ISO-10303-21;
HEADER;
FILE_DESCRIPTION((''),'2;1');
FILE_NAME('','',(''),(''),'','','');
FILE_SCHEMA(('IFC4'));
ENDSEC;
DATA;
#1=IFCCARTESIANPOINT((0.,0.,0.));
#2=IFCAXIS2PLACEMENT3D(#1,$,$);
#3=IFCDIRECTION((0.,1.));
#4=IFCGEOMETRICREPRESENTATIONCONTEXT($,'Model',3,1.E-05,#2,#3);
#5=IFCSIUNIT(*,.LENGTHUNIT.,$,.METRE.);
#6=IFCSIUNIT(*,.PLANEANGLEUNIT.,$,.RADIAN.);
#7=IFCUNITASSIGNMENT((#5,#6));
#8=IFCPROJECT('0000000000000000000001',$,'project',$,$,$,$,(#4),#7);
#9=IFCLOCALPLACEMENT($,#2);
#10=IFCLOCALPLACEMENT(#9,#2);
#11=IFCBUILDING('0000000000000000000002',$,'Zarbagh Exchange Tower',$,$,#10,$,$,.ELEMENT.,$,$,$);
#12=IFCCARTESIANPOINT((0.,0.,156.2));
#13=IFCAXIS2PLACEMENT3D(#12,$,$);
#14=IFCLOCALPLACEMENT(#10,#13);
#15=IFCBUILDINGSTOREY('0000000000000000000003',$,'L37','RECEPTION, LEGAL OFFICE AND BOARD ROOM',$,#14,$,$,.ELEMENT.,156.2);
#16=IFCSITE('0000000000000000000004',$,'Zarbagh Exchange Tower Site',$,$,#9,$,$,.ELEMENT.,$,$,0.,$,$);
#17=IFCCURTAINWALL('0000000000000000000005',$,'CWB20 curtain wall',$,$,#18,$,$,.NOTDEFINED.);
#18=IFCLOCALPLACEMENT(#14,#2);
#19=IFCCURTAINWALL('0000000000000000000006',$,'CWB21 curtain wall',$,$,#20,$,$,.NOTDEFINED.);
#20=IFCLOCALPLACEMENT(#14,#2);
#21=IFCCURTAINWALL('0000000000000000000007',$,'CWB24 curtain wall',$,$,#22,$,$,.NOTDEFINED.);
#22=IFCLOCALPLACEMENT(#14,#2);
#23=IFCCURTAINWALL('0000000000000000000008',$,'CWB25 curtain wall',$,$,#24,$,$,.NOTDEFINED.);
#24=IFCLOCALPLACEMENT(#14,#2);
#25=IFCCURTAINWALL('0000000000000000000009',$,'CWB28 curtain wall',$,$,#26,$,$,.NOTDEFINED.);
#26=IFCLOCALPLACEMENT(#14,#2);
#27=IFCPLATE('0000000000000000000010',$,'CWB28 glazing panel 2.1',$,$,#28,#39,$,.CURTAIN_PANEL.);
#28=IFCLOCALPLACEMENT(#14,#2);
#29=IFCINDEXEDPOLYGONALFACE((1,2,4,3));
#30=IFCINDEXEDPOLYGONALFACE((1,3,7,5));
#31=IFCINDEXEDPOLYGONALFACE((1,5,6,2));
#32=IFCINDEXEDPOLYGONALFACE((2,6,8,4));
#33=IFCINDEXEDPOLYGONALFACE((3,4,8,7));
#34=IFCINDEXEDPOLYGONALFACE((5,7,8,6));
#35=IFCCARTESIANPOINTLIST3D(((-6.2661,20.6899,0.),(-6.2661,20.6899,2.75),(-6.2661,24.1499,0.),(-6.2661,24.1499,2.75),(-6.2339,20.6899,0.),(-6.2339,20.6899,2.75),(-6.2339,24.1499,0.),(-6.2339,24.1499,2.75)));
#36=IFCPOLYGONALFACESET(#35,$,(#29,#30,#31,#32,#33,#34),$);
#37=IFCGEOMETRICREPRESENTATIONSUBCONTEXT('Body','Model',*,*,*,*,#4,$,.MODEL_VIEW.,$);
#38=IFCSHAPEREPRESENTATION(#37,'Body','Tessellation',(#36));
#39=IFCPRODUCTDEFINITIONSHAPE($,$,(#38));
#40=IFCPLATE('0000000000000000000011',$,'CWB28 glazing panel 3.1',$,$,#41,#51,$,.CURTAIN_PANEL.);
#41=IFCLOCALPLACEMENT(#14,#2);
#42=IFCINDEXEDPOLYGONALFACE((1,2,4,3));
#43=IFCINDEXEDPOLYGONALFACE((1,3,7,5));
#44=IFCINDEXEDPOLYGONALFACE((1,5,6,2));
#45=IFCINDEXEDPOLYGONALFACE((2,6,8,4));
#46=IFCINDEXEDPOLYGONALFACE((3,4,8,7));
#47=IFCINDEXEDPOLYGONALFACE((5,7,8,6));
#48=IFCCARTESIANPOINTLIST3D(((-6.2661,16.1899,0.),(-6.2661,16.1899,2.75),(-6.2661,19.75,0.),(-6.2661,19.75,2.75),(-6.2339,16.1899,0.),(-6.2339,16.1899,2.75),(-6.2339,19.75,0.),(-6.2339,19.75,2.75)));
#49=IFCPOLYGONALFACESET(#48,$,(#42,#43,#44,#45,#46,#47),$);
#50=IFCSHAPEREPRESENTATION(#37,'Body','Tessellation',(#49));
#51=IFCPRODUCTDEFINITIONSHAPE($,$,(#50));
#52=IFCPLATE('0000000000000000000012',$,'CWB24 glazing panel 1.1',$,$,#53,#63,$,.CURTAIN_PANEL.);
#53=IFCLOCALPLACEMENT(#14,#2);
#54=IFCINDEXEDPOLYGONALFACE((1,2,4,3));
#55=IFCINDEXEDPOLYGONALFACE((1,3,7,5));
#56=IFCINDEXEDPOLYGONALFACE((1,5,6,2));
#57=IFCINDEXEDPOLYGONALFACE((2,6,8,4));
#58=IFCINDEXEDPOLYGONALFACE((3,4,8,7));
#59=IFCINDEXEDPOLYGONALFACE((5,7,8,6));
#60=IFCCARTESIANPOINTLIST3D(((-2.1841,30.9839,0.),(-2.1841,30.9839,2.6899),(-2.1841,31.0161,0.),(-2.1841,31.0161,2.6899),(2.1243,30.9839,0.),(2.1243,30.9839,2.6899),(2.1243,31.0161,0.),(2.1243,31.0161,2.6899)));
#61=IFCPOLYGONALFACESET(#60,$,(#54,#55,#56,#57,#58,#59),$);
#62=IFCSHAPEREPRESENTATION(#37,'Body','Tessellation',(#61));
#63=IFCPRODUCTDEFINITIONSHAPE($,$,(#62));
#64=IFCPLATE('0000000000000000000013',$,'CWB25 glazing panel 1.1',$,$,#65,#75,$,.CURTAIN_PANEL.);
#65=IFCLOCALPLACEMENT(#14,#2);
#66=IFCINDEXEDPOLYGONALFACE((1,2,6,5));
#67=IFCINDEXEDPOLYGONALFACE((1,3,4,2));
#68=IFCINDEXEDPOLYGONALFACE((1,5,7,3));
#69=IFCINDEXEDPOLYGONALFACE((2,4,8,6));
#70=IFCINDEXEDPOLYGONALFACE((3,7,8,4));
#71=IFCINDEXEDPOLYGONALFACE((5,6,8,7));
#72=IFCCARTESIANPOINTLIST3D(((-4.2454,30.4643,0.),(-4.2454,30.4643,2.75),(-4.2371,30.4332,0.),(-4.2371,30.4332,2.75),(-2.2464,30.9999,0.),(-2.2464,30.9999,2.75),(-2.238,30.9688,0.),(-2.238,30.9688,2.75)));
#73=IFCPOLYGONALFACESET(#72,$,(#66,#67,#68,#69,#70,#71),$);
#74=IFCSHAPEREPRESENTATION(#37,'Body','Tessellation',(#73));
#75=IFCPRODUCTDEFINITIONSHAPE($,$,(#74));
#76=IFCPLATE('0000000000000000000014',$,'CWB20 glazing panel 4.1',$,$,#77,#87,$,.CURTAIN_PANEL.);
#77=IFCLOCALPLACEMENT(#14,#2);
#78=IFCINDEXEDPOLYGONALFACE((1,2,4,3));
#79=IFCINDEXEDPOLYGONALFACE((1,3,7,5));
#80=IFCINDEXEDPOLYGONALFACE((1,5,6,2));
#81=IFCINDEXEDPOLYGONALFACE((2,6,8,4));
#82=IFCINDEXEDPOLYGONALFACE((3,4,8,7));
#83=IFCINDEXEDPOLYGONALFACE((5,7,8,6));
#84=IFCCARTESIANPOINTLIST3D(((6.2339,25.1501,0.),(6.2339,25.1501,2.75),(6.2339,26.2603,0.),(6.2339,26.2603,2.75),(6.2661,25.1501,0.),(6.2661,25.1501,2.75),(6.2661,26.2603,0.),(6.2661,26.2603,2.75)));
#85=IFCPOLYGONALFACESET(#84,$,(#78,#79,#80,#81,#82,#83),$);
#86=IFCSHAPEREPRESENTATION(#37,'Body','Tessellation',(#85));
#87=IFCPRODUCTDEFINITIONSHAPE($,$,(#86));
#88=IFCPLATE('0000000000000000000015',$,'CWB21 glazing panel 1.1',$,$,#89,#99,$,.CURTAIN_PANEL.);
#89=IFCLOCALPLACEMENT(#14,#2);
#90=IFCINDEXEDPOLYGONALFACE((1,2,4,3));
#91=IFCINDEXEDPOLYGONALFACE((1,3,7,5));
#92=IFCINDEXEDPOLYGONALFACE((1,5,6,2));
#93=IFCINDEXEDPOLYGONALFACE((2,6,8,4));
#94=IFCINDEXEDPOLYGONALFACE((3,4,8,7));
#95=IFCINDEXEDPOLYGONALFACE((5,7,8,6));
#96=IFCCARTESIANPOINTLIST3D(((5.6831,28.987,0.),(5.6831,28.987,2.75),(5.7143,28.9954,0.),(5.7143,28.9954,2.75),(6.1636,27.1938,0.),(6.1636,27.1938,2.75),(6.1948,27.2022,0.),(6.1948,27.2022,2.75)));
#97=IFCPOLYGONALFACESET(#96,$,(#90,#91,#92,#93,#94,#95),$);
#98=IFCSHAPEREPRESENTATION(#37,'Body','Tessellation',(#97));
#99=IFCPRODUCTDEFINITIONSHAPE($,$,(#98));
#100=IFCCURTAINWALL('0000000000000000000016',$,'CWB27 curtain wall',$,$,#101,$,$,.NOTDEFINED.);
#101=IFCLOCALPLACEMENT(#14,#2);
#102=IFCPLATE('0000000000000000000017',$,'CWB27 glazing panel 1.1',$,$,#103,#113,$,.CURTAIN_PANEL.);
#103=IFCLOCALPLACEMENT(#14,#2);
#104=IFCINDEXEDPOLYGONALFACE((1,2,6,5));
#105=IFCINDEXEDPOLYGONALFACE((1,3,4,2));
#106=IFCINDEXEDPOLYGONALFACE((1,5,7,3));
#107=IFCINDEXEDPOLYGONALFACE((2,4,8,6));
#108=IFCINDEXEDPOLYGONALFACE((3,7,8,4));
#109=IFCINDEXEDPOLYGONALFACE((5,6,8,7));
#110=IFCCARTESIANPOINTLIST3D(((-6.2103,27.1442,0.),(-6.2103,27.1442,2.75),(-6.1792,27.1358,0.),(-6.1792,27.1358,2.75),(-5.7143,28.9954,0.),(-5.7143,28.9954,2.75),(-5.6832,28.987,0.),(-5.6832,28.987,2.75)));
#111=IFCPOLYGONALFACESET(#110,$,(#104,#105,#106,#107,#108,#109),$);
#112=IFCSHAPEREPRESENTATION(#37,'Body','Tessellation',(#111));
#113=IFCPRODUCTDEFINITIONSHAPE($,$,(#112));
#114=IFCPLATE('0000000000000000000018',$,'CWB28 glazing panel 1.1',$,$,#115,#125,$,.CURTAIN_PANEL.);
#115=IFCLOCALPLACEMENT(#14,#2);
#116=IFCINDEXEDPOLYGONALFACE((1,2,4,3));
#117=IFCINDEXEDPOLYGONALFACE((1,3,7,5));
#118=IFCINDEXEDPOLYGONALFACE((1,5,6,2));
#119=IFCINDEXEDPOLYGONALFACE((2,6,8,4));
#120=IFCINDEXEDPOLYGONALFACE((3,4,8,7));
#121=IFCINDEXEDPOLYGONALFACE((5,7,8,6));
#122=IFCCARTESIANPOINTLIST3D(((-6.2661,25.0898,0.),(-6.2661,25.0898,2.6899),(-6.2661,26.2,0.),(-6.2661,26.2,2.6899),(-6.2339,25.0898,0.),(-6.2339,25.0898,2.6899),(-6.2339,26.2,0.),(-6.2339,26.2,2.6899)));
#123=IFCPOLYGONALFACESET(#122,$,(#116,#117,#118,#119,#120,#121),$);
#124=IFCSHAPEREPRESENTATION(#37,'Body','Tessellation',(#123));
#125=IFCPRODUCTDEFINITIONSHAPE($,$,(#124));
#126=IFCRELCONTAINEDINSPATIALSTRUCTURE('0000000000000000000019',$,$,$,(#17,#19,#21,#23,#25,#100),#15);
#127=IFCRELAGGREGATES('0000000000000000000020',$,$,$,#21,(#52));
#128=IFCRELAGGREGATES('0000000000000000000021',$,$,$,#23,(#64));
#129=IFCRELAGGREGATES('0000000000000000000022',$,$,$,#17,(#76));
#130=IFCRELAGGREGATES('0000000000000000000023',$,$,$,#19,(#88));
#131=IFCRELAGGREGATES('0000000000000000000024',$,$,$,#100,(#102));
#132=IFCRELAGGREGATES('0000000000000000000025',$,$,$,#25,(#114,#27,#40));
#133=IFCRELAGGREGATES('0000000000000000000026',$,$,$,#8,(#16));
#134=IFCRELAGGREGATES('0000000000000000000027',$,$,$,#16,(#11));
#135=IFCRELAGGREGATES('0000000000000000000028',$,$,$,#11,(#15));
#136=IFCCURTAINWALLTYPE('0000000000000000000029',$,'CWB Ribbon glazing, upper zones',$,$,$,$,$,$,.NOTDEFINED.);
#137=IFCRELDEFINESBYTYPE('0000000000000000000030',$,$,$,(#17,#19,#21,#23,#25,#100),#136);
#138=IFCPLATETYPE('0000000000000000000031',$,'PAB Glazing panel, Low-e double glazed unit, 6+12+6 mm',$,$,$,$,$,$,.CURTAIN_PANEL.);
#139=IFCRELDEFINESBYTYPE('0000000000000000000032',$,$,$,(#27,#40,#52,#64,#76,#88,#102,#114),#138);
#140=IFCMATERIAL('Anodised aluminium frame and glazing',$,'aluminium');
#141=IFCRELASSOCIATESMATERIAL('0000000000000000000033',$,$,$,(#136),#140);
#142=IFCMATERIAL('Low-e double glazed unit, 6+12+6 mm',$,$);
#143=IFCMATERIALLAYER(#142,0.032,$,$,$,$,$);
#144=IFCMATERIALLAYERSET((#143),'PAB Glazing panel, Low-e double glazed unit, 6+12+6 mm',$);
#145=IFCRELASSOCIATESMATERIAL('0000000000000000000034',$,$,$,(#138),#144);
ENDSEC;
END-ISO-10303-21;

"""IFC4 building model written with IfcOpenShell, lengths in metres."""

from ifc_helpers import new_model, si_unit, direction, frame, origin, place, context, subcontext, project, spatial, polyline, outline, extrude, source, transform, mapped, material, layer, layer_set, type_object, element, aggregate, save


model = new_model("IFC4")

# Units and contexts
model_context = context("Model", 3, precision=1e-05, world=origin(), true_north=direction((0.0, 1.0)))
body_context = subcontext(model_context, "Body", "Model", "MODEL_VIEW")
ifc_project = project(units=[si_unit("LENGTHUNIT", "METRE"), si_unit("PLANEANGLEUNIT", "RADIAN")], contexts=[model_context])

# Site, building, storey
site_placement = place(None, origin())
site = spatial("IfcSite", under=ifc_project, at=site_placement, Name="Zarbagh Exchange Tower Site", CompositionType="ELEMENT", RefElevation=0.0)
building_placement = place(site_placement, origin())
building = spatial("IfcBuilding", under=site, at=building_placement, Name="Zarbagh Exchange Tower", CompositionType="ELEMENT")
storey_placement = place(building_placement, frame((0.0, 0.0, 156.2)))
storey = spatial("IfcBuildingStorey", under=building, at=storey_placement, Name="L37", Description="RECEPTION, LEGAL OFFICE AND BOARD ROOM", CompositionType="ELEMENT", Elevation=156.2)

# Curtain wall
ifc_material_1 = material(Name="Anodised aluminium frame and glazing", Category="aluminium")
curtain_wall_type = type_object("IfcCurtainWallType", Name="CWB Ribbon glazing, upper zones", PredefinedType="NOTDEFINED", material=ifc_material_1)
curtain_wall_1_placement = place(storey_placement, origin())
curtain_wall_1 = element("IfcCurtainWall", 1, at=curtain_wall_1_placement, inside=storey, type_object=curtain_wall_type, Name="CWB20 curtain wall", PredefinedType="NOTDEFINED")
placement = place(storey_placement, origin())

# Curtain walls
curtain_wall_2_placement = place(storey_placement, origin())
curtain_wall_2 = element("IfcCurtainWall", 2, at=curtain_wall_2_placement, inside=storey, type_object=curtain_wall_type, Name="CWB21 curtain wall", PredefinedType="NOTDEFINED")
curtain_wall_3_placement = place(storey_placement, origin())
curtain_wall_3 = element("IfcCurtainWall", 3, at=curtain_wall_3_placement, inside=storey, type_object=curtain_wall_type, Name="CWB24 curtain wall", PredefinedType="NOTDEFINED")
curtain_wall_4_placement = place(storey_placement, origin())
curtain_wall_4 = element("IfcCurtainWall", 4, at=curtain_wall_4_placement, inside=storey, type_object=curtain_wall_type, Name="CWB25 curtain wall", PredefinedType="NOTDEFINED")

# Curtain wall
curtain_wall_5_placement = place(storey_placement, origin())
curtain_wall_5 = element("IfcCurtainWall", 5, at=curtain_wall_5_placement, inside=storey, type_object=curtain_wall_type, Name="CWB28 curtain wall", PredefinedType="NOTDEFINED")

# Shared definitions
ifc_material_2 = material(Name="Low-e double glazed unit, 6+12+6 mm")
ifc_layer = layer(ifc_material_2, 0.032)
ifc_layer_set = layer_set([ifc_layer], Name="PAB Glazing panel, Low-e double glazed unit, 6+12+6 mm")
plate_type = type_object("IfcPlateType", Name="PAB Glazing panel, Low-e double glazed unit, 6+12+6 mm", PredefinedType="CURTAIN_PANEL", material=ifc_layer_set)

# Plates
shared_shape_1 = source(origin(), body_context, "Body", "SweptSolid", [
    extrude(outline(polyline([(0.0, -0.0161), (3.46, -0.0161), (3.46, 0.0161), (0.0, 0.0161), (0.0, -0.0161)])), origin(), (0.0, 0.0, 1.0), 2.75),
])
plate_1 = element("IfcPlate", 6, at=placement, type_object=plate_type, Name="CWB28 glazing panel 2.1", PredefinedType="CURTAIN_PANEL", context=body_context, shape_type="MappedRepresentation", body=[
    mapped(shared_shape_1, transform((-6.25, 24.1499, 0.0), x_axis=(0.0, -1.0, 0.0), y_axis=(1.0, 0.0, 0.0), z_axis=(0.0, 0.0, 1.0))),
])
shared_shape_2 = source(origin(), body_context, "Body", "SweptSolid", [
    extrude(outline(polyline([(0.0, -0.0161), (3.5601, -0.0161), (3.5601, 0.0161), (0.0, 0.0161), (0.0, -0.0161)])), origin(), (0.0, 0.0, 1.0), 2.75),
])
plate_2 = element("IfcPlate", 7, at=placement, type_object=plate_type, Name="CWB28 glazing panel 3.1", PredefinedType="CURTAIN_PANEL", context=body_context, shape_type="MappedRepresentation", body=[
    mapped(shared_shape_2, transform((-6.25, 19.75, 0.0), x_axis=(0.0, -1.0, 0.0), y_axis=(1.0, 0.0, 0.0), z_axis=(0.0, 0.0, 1.0))),
])
shared_shape_3 = source(origin(), body_context, "Body", "SweptSolid", [
    extrude(outline(polyline([(0.0, -0.0161), (4.3083, -0.0161), (4.3083, 0.0161), (0.0, 0.0161), (0.0, -0.0161)])), origin(), (0.0, 0.0, 1.0), 2.6899),
])
plate_3 = element("IfcPlate", 8, at=placement, type_object=plate_type, Name="CWB24 glazing panel 1.1", PredefinedType="CURTAIN_PANEL", context=body_context, shape_type="MappedRepresentation", body=[
    mapped(shared_shape_3, transform((2.1243, 31.0, 0.0), x_axis=(-1.0, 0.0, 0.0), y_axis=(0.0, -1.0, 0.0), z_axis=(0.0, 0.0, 1.0))),
])
aggregate(curtain_wall_3, [plate_3])
shared_shape_4 = source(origin(), body_context, "Body", "SweptSolid", [
    extrude(outline(polyline([(0.0, -0.0161), (2.0696, -0.0161), (2.0696, 0.0161), (0.0, 0.0161), (0.0, -0.0161)])), origin(), (0.0, 0.0, 1.0), 2.75),
])
plate_4 = element("IfcPlate", 9, at=placement, type_object=plate_type, Name="CWB25 glazing panel 1.1", PredefinedType="CURTAIN_PANEL", context=body_context, shape_type="MappedRepresentation", body=[
    mapped(shared_shape_4, transform((-2.2422, 30.9844, 0.0), x_axis=(-0.965924, -0.258825, 0.0), y_axis=(0.258825, -0.965924, 0.0), z_axis=(0.0, 0.0, 1.0))),
])
aggregate(curtain_wall_4, [plate_4])
shared_shape_5 = source(origin(), body_context, "Body", "SweptSolid", [
    extrude(outline(polyline([(0.0, -0.0161), (1.1101, -0.0161), (1.1101, 0.0161), (0.0, 0.0161), (0.0, -0.0161)])), origin(), (0.0, 0.0, 1.0), 2.75),
])
plate_5 = element("IfcPlate", 10, at=placement, type_object=plate_type, Name="CWB20 glazing panel 4.1", PredefinedType="CURTAIN_PANEL", context=body_context, shape_type="MappedRepresentation", body=[
    mapped(shared_shape_5, transform((6.25, 25.1501, 0.0), x_axis=(0.0, 1.0, 0.0), y_axis=(-1.0, 0.0, 0.0), z_axis=(0.0, 0.0, 1.0))),
])
aggregate(curtain_wall_1, [plate_5])
shared_shape_6 = source(origin(), body_context, "Body", "SweptSolid", [
    extrude(outline(polyline([(0.0, -0.0161), (1.8564, -0.0161), (1.8564, 0.0161), (0.0, 0.0161), (0.0, -0.0161)])), origin(), (0.0, 0.0, 1.0), 2.75),
])
plate_6 = element("IfcPlate", 11, at=placement, type_object=plate_type, Name="CWB21 glazing panel 1.1", PredefinedType="CURTAIN_PANEL", context=body_context, shape_type="MappedRepresentation", body=[
    mapped(shared_shape_6, transform((6.1792, 27.198, 0.0), x_axis=(-0.258825, 0.965924, 0.0), y_axis=(-0.965924, -0.258825, 0.0), z_axis=(0.0, 0.0, 1.0))),
])
aggregate(curtain_wall_2, [plate_6])

# Curtain wall, plate
curtain_wall_6_placement = place(storey_placement, origin())
curtain_wall_6 = element("IfcCurtainWall", 12, at=curtain_wall_6_placement, inside=storey, type_object=curtain_wall_type, Name="CWB27 curtain wall", PredefinedType="NOTDEFINED")
shared_shape_7 = source(origin(), body_context, "Body", "SweptSolid", [
    extrude(outline(polyline([(0.0, -0.0161), (1.9165, -0.0161), (1.9165, 0.0161), (0.0, 0.0161), (0.0, -0.0161)])), origin(), (0.0, 0.0, 1.0), 2.75),
])
plate_7 = element("IfcPlate", 13, at=placement, type_object=plate_type, Name="CWB27 glazing panel 1.1", PredefinedType="CURTAIN_PANEL", context=body_context, shape_type="MappedRepresentation", body=[
    mapped(shared_shape_7, transform((-5.6987, 28.9912, 0.0), x_axis=(-0.258825, -0.965924, 0.0), y_axis=(0.965924, -0.258825, 0.0), z_axis=(0.0, 0.0, 1.0))),
])
aggregate(curtain_wall_6, [plate_7])

# Plate
shared_shape_8 = source(origin(), body_context, "Body", "SweptSolid", [
    extrude(outline(polyline([(0.0, -0.0161), (1.1101, -0.0161), (1.1101, 0.0161), (0.0, 0.0161), (0.0, -0.0161)])), origin(), (0.0, 0.0, 1.0), 2.6899),
])
plate_8 = element("IfcPlate", 14, at=placement, type_object=plate_type, Name="CWB28 glazing panel 1.1", PredefinedType="CURTAIN_PANEL", context=body_context, shape_type="MappedRepresentation", body=[
    mapped(shared_shape_8, transform((-6.25, 26.2, 0.0), x_axis=(0.0, -1.0, 0.0), y_axis=(1.0, 0.0, 0.0), z_axis=(0.0, 0.0, 1.0))),
])
aggregate(curtain_wall_5, [plate_8, plate_1, plate_2])

save(model, "model.ifc")
